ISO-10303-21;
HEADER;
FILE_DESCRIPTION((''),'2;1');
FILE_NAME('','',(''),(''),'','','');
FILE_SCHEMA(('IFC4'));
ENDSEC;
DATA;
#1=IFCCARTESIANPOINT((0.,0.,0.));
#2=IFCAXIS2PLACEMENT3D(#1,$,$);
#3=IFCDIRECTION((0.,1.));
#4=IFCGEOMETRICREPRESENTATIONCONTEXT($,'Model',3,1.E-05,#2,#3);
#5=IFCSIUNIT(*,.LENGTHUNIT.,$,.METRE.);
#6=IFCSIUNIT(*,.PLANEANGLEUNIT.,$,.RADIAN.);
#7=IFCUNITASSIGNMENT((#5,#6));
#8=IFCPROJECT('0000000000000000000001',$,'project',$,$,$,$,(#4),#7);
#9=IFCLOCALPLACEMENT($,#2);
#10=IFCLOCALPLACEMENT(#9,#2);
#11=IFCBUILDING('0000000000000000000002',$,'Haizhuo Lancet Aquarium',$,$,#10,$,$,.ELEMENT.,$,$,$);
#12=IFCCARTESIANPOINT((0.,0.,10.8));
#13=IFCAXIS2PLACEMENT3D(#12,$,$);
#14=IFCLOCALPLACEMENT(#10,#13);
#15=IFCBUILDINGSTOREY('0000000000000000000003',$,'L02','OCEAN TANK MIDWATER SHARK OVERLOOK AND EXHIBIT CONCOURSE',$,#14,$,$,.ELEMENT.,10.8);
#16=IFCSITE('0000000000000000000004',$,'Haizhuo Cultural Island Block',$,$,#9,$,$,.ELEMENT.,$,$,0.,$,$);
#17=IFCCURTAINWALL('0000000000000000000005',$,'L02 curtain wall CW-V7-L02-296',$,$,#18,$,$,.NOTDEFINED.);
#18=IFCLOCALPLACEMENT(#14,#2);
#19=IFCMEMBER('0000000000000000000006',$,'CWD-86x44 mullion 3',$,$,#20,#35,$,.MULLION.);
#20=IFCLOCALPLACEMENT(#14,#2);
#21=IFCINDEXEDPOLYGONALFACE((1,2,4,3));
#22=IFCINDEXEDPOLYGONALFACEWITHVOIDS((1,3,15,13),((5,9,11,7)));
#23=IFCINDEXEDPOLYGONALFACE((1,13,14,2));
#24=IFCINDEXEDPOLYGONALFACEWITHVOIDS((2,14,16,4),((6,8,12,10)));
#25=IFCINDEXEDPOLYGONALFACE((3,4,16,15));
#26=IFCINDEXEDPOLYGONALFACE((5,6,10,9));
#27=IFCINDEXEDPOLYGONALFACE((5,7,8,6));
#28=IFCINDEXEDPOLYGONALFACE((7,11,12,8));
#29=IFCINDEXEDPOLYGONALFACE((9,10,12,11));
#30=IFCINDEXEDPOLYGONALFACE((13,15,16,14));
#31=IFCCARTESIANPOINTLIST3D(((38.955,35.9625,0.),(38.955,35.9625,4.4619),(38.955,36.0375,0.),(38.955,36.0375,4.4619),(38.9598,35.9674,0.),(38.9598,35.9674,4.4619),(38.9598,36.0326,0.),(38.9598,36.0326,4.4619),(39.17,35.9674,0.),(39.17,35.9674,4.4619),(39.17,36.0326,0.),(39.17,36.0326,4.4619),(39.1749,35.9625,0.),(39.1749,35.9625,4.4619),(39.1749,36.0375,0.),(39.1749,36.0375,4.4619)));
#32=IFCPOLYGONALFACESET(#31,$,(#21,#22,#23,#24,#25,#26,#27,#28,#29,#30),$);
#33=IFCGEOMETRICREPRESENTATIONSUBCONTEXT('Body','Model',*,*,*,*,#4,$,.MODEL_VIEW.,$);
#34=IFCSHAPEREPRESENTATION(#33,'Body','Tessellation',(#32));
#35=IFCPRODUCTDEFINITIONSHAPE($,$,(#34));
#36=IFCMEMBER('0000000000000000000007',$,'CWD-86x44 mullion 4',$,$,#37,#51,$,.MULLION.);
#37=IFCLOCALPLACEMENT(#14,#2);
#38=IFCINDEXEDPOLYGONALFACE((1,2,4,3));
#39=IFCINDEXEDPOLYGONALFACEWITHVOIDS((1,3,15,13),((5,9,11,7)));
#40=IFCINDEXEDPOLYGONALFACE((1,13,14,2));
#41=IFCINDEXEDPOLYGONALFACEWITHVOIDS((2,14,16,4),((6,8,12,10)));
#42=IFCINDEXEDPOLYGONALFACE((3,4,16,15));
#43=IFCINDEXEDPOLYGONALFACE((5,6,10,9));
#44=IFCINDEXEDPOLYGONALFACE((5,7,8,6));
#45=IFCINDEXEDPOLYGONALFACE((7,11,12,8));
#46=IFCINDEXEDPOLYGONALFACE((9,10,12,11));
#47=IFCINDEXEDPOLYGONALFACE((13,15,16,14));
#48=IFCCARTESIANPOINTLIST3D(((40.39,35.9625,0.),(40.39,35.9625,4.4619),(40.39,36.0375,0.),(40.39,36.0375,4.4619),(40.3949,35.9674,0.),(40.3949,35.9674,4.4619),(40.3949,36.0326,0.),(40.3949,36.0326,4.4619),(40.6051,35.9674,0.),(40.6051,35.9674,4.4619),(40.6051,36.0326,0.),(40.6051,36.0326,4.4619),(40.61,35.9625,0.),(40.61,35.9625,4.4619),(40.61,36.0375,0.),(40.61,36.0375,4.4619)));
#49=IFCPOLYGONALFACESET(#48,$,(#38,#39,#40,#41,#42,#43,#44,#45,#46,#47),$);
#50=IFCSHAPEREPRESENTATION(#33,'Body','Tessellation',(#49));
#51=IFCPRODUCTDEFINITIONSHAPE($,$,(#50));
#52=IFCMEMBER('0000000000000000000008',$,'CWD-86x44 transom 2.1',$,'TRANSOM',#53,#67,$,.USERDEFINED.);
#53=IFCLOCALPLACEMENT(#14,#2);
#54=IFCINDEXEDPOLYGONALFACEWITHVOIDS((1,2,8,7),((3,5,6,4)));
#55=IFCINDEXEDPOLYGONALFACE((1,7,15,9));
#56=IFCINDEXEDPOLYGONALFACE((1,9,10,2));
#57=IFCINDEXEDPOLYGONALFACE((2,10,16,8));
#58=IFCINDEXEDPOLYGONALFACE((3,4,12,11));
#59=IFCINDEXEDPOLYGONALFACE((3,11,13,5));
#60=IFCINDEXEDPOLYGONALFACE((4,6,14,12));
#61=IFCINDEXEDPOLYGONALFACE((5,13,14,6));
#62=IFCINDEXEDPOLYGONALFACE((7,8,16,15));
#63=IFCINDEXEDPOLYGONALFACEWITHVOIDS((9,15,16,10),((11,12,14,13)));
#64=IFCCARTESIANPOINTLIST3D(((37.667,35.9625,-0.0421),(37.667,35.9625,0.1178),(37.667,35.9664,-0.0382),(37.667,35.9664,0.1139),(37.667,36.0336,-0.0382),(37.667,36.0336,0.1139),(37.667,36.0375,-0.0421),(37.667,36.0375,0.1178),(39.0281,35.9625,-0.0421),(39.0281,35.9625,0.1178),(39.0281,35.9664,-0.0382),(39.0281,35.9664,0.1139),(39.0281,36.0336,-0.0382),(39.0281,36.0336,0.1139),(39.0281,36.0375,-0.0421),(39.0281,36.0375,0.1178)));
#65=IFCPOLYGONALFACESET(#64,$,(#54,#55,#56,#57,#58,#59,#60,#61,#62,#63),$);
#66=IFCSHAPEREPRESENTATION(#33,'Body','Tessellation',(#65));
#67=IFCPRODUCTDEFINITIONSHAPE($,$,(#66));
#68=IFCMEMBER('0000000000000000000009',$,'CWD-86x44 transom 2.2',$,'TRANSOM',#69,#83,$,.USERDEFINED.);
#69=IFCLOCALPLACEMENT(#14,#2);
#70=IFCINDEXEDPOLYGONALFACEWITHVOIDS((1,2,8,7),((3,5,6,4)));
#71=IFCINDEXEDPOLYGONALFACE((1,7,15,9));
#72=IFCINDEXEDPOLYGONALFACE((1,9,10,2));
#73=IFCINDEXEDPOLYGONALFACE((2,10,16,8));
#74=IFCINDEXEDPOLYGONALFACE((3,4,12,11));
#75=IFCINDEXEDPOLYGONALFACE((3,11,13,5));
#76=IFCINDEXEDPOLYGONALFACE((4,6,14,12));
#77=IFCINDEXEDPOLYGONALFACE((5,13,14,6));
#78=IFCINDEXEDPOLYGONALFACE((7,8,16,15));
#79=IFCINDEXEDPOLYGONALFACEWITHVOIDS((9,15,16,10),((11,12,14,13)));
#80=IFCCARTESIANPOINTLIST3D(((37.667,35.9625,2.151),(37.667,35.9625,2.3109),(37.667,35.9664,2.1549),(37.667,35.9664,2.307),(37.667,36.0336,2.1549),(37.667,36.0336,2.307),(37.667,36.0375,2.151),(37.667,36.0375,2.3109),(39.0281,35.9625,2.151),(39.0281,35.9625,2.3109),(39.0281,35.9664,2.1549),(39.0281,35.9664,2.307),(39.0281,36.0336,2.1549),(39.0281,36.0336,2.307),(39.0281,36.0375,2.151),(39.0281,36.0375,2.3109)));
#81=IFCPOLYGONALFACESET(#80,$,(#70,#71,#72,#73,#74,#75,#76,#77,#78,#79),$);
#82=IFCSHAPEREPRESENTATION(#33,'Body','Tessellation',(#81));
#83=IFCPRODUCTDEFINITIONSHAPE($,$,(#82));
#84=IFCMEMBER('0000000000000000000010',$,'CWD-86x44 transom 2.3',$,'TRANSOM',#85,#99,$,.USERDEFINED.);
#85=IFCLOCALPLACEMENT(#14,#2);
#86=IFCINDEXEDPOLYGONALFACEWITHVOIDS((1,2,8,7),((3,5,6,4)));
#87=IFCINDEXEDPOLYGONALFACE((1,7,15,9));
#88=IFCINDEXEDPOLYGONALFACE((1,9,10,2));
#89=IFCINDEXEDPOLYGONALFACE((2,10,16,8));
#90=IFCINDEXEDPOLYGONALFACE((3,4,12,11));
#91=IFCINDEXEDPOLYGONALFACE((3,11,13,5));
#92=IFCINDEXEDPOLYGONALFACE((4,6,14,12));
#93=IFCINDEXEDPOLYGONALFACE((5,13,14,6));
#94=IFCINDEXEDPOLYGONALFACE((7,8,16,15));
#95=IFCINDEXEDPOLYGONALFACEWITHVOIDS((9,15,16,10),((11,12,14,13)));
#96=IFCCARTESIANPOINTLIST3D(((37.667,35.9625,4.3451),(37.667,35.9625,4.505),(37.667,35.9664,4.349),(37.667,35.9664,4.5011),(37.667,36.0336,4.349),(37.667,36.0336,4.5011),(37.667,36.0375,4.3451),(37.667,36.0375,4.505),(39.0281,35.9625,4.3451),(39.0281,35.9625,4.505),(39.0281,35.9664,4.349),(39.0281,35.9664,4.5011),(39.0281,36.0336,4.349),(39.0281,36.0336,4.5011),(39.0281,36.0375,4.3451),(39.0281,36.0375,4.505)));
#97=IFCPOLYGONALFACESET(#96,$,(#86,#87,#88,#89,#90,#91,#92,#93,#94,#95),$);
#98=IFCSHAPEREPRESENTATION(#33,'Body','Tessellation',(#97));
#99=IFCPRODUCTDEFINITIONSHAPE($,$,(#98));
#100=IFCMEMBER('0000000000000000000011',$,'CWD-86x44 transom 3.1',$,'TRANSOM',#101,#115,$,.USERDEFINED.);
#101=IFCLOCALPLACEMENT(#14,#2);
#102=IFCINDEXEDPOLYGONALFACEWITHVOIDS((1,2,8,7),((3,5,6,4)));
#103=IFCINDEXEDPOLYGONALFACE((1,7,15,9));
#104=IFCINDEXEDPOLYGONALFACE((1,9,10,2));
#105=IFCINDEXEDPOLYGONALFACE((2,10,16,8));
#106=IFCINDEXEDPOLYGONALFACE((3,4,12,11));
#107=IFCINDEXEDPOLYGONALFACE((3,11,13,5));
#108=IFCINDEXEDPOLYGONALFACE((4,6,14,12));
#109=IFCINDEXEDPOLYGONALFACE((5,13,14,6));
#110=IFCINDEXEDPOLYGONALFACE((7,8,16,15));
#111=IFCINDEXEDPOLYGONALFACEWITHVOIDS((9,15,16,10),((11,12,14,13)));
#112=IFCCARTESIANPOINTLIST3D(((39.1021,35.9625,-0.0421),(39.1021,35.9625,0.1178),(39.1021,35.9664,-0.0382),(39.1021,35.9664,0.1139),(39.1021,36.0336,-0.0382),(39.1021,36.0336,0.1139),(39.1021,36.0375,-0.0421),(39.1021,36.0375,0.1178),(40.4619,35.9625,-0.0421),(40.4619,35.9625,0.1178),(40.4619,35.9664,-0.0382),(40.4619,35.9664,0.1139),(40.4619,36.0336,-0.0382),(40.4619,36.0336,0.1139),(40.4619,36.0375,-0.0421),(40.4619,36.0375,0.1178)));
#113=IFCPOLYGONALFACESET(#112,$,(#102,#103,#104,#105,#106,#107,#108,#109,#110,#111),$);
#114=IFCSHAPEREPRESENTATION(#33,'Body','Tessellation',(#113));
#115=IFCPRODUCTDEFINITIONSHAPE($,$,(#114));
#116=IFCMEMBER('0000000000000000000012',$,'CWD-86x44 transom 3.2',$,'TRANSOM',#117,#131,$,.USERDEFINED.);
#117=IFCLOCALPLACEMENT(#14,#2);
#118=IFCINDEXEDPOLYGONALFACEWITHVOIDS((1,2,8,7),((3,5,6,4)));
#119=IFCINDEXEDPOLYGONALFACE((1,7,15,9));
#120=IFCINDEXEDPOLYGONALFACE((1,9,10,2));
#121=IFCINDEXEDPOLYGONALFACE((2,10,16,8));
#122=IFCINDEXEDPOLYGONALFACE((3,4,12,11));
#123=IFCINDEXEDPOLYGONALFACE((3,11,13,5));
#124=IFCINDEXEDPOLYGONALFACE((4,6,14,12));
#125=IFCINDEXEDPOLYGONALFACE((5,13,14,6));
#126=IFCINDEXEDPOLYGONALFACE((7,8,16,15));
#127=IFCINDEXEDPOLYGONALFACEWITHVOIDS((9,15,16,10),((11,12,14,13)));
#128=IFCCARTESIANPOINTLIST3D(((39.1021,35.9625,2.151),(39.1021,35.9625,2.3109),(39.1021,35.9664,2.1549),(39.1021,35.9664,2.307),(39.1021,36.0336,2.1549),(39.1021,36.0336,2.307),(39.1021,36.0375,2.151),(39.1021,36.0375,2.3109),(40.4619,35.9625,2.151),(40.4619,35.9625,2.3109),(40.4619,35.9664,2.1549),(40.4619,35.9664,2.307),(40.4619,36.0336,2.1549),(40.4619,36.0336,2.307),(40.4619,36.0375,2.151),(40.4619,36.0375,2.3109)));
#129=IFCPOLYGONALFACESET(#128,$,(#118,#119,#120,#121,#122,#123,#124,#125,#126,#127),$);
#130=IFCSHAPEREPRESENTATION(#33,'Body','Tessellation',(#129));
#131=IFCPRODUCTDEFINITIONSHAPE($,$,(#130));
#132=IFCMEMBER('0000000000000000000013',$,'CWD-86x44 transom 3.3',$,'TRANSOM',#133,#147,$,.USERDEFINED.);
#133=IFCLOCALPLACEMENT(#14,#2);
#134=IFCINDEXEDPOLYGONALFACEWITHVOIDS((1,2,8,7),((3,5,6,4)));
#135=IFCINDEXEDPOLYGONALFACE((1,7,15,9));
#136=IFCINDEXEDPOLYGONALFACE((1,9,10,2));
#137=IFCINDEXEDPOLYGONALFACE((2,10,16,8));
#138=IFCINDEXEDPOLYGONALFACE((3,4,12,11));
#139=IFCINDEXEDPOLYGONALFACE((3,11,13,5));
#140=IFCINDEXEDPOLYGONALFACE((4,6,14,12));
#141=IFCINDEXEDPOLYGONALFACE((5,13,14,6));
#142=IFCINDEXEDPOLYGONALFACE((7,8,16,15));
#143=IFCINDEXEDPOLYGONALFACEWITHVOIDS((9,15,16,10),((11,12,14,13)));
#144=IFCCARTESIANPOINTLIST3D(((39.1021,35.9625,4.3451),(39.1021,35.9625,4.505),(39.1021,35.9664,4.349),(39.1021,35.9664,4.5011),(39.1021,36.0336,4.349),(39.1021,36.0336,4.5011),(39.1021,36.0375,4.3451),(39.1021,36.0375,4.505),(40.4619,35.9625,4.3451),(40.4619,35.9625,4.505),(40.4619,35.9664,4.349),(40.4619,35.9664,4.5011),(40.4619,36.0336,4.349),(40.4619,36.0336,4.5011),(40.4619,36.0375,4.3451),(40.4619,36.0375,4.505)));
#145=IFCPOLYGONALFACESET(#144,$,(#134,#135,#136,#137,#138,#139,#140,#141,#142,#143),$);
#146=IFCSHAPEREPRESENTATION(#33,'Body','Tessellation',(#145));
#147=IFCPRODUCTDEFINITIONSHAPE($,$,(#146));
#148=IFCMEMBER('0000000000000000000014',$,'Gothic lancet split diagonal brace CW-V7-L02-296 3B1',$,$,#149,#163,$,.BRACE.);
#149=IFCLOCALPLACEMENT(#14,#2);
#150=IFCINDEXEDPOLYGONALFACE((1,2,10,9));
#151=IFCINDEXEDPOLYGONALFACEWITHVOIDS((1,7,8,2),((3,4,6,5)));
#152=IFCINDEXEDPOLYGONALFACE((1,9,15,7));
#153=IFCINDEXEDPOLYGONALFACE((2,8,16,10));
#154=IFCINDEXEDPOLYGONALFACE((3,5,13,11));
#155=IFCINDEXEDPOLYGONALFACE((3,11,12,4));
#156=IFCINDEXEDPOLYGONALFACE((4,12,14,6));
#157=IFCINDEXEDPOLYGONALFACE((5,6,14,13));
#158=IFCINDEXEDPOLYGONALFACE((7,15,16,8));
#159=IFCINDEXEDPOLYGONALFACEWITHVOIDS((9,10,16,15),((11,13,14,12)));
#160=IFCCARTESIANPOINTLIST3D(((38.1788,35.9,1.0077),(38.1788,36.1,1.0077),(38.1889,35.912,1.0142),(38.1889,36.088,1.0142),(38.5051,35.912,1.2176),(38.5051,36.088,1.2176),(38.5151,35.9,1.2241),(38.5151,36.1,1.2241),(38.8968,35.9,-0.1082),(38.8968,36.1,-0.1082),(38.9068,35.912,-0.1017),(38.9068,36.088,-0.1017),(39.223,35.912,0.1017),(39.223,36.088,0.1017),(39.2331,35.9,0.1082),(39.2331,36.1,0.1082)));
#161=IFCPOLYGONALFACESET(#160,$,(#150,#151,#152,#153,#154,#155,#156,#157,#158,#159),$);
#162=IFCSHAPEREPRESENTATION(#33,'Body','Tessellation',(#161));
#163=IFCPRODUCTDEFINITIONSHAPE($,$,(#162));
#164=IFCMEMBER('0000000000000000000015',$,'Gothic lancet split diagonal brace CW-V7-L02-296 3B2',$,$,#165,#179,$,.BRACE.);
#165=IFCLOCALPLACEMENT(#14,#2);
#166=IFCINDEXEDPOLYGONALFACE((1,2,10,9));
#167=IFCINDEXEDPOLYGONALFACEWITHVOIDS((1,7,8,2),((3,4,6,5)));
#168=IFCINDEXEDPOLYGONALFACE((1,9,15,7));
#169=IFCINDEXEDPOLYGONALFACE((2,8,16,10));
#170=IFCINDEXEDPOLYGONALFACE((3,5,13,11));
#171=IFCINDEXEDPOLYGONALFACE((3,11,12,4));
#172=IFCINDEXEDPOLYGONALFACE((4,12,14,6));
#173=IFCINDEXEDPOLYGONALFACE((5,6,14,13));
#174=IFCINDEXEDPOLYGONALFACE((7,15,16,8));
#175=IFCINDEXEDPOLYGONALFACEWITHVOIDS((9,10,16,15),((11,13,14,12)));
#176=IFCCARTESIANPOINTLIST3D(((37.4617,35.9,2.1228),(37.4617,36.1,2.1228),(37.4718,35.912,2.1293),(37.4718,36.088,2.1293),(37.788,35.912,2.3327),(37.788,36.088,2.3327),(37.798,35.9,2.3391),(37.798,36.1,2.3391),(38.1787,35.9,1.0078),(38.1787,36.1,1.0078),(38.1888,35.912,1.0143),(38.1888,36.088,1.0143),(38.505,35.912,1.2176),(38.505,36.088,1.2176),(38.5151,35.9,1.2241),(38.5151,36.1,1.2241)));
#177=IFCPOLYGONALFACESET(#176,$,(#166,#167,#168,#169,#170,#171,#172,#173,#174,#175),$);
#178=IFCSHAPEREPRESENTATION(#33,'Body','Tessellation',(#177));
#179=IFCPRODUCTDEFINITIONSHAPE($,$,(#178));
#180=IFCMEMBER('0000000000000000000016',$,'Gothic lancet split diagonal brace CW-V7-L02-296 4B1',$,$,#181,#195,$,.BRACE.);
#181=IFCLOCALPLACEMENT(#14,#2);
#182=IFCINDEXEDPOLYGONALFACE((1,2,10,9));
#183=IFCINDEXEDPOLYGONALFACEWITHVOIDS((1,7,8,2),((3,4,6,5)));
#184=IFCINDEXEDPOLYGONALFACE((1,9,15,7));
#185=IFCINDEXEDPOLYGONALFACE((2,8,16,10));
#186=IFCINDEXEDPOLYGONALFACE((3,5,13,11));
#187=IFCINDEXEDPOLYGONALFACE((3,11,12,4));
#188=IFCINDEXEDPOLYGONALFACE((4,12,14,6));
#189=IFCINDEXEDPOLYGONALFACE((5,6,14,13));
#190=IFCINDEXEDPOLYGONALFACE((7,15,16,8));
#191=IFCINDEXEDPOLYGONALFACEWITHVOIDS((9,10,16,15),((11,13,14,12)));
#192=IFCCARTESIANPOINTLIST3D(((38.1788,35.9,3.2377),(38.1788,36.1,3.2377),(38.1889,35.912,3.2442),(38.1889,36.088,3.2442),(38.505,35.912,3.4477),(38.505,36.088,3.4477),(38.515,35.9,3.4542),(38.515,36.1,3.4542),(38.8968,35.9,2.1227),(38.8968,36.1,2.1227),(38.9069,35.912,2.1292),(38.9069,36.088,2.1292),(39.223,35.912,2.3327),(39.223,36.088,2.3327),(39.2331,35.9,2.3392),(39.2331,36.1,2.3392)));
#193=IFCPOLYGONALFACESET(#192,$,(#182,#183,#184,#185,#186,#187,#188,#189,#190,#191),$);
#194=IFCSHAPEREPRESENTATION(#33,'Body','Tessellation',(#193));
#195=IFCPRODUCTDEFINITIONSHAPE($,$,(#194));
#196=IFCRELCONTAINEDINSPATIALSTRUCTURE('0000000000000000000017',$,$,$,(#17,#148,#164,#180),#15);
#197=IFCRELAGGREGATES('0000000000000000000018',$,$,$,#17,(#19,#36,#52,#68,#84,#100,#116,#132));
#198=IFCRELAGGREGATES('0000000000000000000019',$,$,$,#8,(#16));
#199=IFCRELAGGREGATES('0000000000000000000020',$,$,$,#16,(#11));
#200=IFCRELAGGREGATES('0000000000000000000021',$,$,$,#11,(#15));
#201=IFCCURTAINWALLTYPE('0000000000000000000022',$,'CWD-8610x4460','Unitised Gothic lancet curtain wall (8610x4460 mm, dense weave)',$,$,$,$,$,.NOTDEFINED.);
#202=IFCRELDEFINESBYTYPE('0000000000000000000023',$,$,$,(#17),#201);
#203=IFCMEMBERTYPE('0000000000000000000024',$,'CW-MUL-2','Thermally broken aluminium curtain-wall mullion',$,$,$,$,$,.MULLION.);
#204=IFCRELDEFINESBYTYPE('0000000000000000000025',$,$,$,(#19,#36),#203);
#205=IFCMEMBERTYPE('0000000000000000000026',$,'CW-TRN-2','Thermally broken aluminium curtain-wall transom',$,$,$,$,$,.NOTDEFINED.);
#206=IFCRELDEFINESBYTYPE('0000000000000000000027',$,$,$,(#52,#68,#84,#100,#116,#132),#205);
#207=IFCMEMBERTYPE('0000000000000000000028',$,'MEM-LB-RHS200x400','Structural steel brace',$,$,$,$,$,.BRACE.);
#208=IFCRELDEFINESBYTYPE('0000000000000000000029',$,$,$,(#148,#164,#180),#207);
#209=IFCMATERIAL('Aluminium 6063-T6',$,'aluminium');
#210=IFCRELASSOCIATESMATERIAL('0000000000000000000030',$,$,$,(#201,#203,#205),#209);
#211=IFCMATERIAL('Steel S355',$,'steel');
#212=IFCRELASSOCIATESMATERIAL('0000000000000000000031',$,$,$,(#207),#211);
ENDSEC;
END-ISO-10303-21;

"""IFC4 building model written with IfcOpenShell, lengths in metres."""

from ifc_helpers import new_model, si_unit, direction, frame, origin, origin_2d, place, context, subcontext, project, spatial, hollow_rectangle, extrude, material, material_profile, profile_set, type_object, element, aggregate, save


model = new_model("IFC4")

# Units and contexts
model_context = context("Model", 3, precision=1e-05, world=origin(), true_north=direction((0.0, 1.0)))
body_context = subcontext(model_context, "Body", "Model", "MODEL_VIEW")
ifc_project = project(units=[si_unit("LENGTHUNIT", "METRE"), si_unit("PLANEANGLEUNIT", "RADIAN")], contexts=[model_context])

# Site, building, storey
site_placement = place(None, origin())
site = spatial("IfcSite", under=ifc_project, at=site_placement, Name="Haizhuo Cultural Island Block", CompositionType="ELEMENT", RefElevation=0.0)
building_placement = place(site_placement, origin())
building = spatial("IfcBuilding", under=site, at=building_placement, Name="Haizhuo Lancet Aquarium", CompositionType="ELEMENT")
storey_placement = place(building_placement, frame((0.0, 0.0, 10.8)))
storey = spatial("IfcBuildingStorey", under=building, at=storey_placement, Name="L02", Description="OCEAN TANK MIDWATER SHARK OVERLOOK AND EXHIBIT CONCOURSE", CompositionType="ELEMENT", Elevation=10.8)

# Curtain wall, members
ifc_material_1 = material(Name="Aluminium 6063-T6", Category="aluminium")
curtain_wall_type = type_object("IfcCurtainWallType", Name="CWD-8610x4460", Description="Unitised Gothic lancet curtain wall (8610x4460 mm, dense weave)", PredefinedType="NOTDEFINED", material=ifc_material_1)
curtain_wall_placement = place(storey_placement, origin())
curtain_wall = element("IfcCurtainWall", 1, at=curtain_wall_placement, inside=storey, type_object=curtain_wall_type, Name="L02 curtain wall CW-V7-L02-296", PredefinedType="NOTDEFINED")
ifc_material_profile_1 = material_profile(ifc_material_1, hollow_rectangle(XDim=0.075, YDim=0.22, WallThickness=0.0049, at=origin_2d()), Name="ALU-M 75x220x5")
ifc_profile_set_1 = profile_set([ifc_material_profile_1], Name="Aluminium 6063-T6")
member_type_1 = type_object("IfcMemberType", Name="CW-MUL-2", Description="Thermally broken aluminium curtain-wall mullion", PredefinedType="MULLION", material=ifc_profile_set_1)
member_1_placement = place(storey_placement, frame((39.0649, 36.0, 0.0), z_axis=(0.0, 0.0, 1.0), x_axis=(0.0, 1.0, 0.0)))
member_1 = element("IfcMember", 2, at=member_1_placement, type_object=member_type_1, Name="CWD-86x44 mullion 3", PredefinedType="MULLION", context=body_context, shape_type="SweptSolid", body=[
    extrude(hollow_rectangle(XDim=0.075, YDim=0.22, WallThickness=0.0049, at=origin_2d()), origin(), (0.0, 0.0, 1.0), 4.4619),
])
member_2_placement = place(storey_placement, frame((40.5, 36.0, 0.0), z_axis=(0.0, 0.0, 1.0), x_axis=(0.0, 1.0, 0.0)))
member_2 = element("IfcMember", 3, at=member_2_placement, type_object=member_type_1, Name="CWD-86x44 mullion 4", PredefinedType="MULLION", context=body_context, shape_type="SweptSolid", body=[
    extrude(hollow_rectangle(XDim=0.075, YDim=0.22, WallThickness=0.0049, at=origin_2d()), origin(), (0.0, 0.0, 1.0), 4.4619),
])
ifc_material_profile_2 = material_profile(ifc_material_1, hollow_rectangle(XDim=0.075, YDim=0.1599, WallThickness=0.0039, at=origin_2d()), Name="ALU-T 75x160x4")
ifc_profile_set_2 = profile_set([ifc_material_profile_2], Name="Aluminium 6063-T6")
member_type_2 = type_object("IfcMemberType", Name="CW-TRN-2", Description="Thermally broken aluminium curtain-wall transom", PredefinedType="NOTDEFINED", material=ifc_profile_set_2)
member_3_placement = place(storey_placement, frame((37.667, 36.0, 0.0378), z_axis=(1.0, 0.0, 0.0), x_axis=(0.0, 1.0, 0.0)))
member_3 = element("IfcMember", 4, at=member_3_placement, type_object=member_type_2, Name="CWD-86x44 transom 2.1", ObjectType="TRANSOM", PredefinedType="USERDEFINED", context=body_context, shape_type="SweptSolid", body=[
    extrude(hollow_rectangle(XDim=0.075, YDim=0.1599, WallThickness=0.0039, at=origin_2d()), origin(), (0.0, 0.0, 1.0), 1.3611),
])
member_4_placement = place(storey_placement, frame((37.667, 36.0, 2.231), z_axis=(1.0, 0.0, 0.0), x_axis=(0.0, 1.0, 0.0)))
member_4 = element("IfcMember", 5, at=member_4_placement, type_object=member_type_2, Name="CWD-86x44 transom 2.2", ObjectType="TRANSOM", PredefinedType="USERDEFINED", context=body_context, shape_type="SweptSolid", body=[
    extrude(hollow_rectangle(XDim=0.075, YDim=0.1599, WallThickness=0.0039, at=origin_2d()), origin(), (0.0, 0.0, 1.0), 1.3611),
])
member_5_placement = place(storey_placement, frame((37.667, 36.0, 4.425), z_axis=(1.0, 0.0, 0.0), x_axis=(0.0, 1.0, 0.0)))
member_5 = element("IfcMember", 6, at=member_5_placement, type_object=member_type_2, Name="CWD-86x44 transom 2.3", ObjectType="TRANSOM", PredefinedType="USERDEFINED", context=body_context, shape_type="SweptSolid", body=[
    extrude(hollow_rectangle(XDim=0.075, YDim=0.1599, WallThickness=0.0039, at=origin_2d()), origin(), (0.0, 0.0, 1.0), 1.3611),
])
member_6_placement = place(storey_placement, frame((39.1021, 36.0, 0.0378), z_axis=(1.0, 0.0, 0.0), x_axis=(0.0, 1.0, 0.0)))
member_6 = element("IfcMember", 7, at=member_6_placement, type_object=member_type_2, Name="CWD-86x44 transom 3.1", ObjectType="TRANSOM", PredefinedType="USERDEFINED", context=body_context, shape_type="SweptSolid", body=[
    extrude(hollow_rectangle(XDim=0.075, YDim=0.1599, WallThickness=0.0039, at=origin_2d()), origin(), (0.0, 0.0, 1.0), 1.3599),
])
member_7_placement = place(storey_placement, frame((39.1021, 36.0, 2.231), z_axis=(1.0, 0.0, 0.0), x_axis=(0.0, 1.0, 0.0)))
member_7 = element("IfcMember", 8, at=member_7_placement, type_object=member_type_2, Name="CWD-86x44 transom 3.2", ObjectType="TRANSOM", PredefinedType="USERDEFINED", context=body_context, shape_type="SweptSolid", body=[
    extrude(hollow_rectangle(XDim=0.075, YDim=0.1599, WallThickness=0.0039, at=origin_2d()), origin(), (0.0, 0.0, 1.0), 1.3599),
])
member_8_placement = place(storey_placement, frame((39.1021, 36.0, 4.425), z_axis=(1.0, 0.0, 0.0), x_axis=(0.0, 1.0, 0.0)))
member_8 = element("IfcMember", 9, at=member_8_placement, type_object=member_type_2, Name="CWD-86x44 transom 3.3", ObjectType="TRANSOM", PredefinedType="USERDEFINED", context=body_context, shape_type="SweptSolid", body=[
    extrude(hollow_rectangle(XDim=0.075, YDim=0.1599, WallThickness=0.0039, at=origin_2d()), origin(), (0.0, 0.0, 1.0), 1.3599),
])

# Members
ifc_material_2 = material(Name="Steel S355", Category="steel")
ifc_material_profile_3 = material_profile(ifc_material_2, hollow_rectangle(XDim=0.2, YDim=0.3999, WallThickness=0.012, at=origin_2d()), Name="RHS 200x400x12")
ifc_profile_set_3 = profile_set([ifc_material_profile_3], Name="Steel S355")
member_type_3 = type_object("IfcMemberType", Name="MEM-LB-RHS200x400", Description="Structural steel brace", PredefinedType="BRACE", material=ifc_profile_set_3)
member_9_placement = place(storey_placement, frame((39.0649, 36.0, 0.0), z_axis=(-0.541083, 0.0, 0.840969), x_axis=(0.0, -1.0, 0.0)))
element("IfcMember", 10, at=member_9_placement, inside=storey, type_object=member_type_3, Name="Gothic lancet split diagonal brace CW-V7-L02-296 3B1", PredefinedType="BRACE", context=body_context, shape_type="SweptSolid", body=[
    extrude(hollow_rectangle(XDim=0.2, YDim=0.3999, WallThickness=0.012, at=origin_2d()), origin(), (0.0, 0.0, 1.0), 1.3269),
])
member_10_placement = place(storey_placement, frame((38.3469, 36.0, 1.116), z_axis=(-0.540897, 0.0, 0.841089), x_axis=(0.0, -1.0, 0.0)))
element("IfcMember", 11, at=member_10_placement, inside=storey, type_object=member_type_3, Name="Gothic lancet split diagonal brace CW-V7-L02-296 3B2", PredefinedType="BRACE", context=body_context, shape_type="SweptSolid", body=[
    extrude(hollow_rectangle(XDim=0.2, YDim=0.3999, WallThickness=0.012, at=origin_2d()), origin(), (0.0, 0.0, 1.0), 1.3257),
])
member_11_placement = place(storey_placement, frame((39.0649, 36.0, 2.231), z_axis=(-0.541418, 0.0, 0.840754), x_axis=(0.0, -1.0, 0.0)))
element("IfcMember", 12, at=member_11_placement, inside=storey, type_object=member_type_3, Name="Gothic lancet split diagonal brace CW-V7-L02-296 4B1", PredefinedType="BRACE", context=body_context, shape_type="SweptSolid", body=[
    extrude(hollow_rectangle(XDim=0.2, YDim=0.3999, WallThickness=0.012, at=origin_2d()), origin(), (0.0, 0.0, 1.0), 1.3262),
])

aggregate(curtain_wall, [member_1, member_2, member_3, member_4, member_5, member_6, member_7, member_8])

save(model, "model.ifc")
